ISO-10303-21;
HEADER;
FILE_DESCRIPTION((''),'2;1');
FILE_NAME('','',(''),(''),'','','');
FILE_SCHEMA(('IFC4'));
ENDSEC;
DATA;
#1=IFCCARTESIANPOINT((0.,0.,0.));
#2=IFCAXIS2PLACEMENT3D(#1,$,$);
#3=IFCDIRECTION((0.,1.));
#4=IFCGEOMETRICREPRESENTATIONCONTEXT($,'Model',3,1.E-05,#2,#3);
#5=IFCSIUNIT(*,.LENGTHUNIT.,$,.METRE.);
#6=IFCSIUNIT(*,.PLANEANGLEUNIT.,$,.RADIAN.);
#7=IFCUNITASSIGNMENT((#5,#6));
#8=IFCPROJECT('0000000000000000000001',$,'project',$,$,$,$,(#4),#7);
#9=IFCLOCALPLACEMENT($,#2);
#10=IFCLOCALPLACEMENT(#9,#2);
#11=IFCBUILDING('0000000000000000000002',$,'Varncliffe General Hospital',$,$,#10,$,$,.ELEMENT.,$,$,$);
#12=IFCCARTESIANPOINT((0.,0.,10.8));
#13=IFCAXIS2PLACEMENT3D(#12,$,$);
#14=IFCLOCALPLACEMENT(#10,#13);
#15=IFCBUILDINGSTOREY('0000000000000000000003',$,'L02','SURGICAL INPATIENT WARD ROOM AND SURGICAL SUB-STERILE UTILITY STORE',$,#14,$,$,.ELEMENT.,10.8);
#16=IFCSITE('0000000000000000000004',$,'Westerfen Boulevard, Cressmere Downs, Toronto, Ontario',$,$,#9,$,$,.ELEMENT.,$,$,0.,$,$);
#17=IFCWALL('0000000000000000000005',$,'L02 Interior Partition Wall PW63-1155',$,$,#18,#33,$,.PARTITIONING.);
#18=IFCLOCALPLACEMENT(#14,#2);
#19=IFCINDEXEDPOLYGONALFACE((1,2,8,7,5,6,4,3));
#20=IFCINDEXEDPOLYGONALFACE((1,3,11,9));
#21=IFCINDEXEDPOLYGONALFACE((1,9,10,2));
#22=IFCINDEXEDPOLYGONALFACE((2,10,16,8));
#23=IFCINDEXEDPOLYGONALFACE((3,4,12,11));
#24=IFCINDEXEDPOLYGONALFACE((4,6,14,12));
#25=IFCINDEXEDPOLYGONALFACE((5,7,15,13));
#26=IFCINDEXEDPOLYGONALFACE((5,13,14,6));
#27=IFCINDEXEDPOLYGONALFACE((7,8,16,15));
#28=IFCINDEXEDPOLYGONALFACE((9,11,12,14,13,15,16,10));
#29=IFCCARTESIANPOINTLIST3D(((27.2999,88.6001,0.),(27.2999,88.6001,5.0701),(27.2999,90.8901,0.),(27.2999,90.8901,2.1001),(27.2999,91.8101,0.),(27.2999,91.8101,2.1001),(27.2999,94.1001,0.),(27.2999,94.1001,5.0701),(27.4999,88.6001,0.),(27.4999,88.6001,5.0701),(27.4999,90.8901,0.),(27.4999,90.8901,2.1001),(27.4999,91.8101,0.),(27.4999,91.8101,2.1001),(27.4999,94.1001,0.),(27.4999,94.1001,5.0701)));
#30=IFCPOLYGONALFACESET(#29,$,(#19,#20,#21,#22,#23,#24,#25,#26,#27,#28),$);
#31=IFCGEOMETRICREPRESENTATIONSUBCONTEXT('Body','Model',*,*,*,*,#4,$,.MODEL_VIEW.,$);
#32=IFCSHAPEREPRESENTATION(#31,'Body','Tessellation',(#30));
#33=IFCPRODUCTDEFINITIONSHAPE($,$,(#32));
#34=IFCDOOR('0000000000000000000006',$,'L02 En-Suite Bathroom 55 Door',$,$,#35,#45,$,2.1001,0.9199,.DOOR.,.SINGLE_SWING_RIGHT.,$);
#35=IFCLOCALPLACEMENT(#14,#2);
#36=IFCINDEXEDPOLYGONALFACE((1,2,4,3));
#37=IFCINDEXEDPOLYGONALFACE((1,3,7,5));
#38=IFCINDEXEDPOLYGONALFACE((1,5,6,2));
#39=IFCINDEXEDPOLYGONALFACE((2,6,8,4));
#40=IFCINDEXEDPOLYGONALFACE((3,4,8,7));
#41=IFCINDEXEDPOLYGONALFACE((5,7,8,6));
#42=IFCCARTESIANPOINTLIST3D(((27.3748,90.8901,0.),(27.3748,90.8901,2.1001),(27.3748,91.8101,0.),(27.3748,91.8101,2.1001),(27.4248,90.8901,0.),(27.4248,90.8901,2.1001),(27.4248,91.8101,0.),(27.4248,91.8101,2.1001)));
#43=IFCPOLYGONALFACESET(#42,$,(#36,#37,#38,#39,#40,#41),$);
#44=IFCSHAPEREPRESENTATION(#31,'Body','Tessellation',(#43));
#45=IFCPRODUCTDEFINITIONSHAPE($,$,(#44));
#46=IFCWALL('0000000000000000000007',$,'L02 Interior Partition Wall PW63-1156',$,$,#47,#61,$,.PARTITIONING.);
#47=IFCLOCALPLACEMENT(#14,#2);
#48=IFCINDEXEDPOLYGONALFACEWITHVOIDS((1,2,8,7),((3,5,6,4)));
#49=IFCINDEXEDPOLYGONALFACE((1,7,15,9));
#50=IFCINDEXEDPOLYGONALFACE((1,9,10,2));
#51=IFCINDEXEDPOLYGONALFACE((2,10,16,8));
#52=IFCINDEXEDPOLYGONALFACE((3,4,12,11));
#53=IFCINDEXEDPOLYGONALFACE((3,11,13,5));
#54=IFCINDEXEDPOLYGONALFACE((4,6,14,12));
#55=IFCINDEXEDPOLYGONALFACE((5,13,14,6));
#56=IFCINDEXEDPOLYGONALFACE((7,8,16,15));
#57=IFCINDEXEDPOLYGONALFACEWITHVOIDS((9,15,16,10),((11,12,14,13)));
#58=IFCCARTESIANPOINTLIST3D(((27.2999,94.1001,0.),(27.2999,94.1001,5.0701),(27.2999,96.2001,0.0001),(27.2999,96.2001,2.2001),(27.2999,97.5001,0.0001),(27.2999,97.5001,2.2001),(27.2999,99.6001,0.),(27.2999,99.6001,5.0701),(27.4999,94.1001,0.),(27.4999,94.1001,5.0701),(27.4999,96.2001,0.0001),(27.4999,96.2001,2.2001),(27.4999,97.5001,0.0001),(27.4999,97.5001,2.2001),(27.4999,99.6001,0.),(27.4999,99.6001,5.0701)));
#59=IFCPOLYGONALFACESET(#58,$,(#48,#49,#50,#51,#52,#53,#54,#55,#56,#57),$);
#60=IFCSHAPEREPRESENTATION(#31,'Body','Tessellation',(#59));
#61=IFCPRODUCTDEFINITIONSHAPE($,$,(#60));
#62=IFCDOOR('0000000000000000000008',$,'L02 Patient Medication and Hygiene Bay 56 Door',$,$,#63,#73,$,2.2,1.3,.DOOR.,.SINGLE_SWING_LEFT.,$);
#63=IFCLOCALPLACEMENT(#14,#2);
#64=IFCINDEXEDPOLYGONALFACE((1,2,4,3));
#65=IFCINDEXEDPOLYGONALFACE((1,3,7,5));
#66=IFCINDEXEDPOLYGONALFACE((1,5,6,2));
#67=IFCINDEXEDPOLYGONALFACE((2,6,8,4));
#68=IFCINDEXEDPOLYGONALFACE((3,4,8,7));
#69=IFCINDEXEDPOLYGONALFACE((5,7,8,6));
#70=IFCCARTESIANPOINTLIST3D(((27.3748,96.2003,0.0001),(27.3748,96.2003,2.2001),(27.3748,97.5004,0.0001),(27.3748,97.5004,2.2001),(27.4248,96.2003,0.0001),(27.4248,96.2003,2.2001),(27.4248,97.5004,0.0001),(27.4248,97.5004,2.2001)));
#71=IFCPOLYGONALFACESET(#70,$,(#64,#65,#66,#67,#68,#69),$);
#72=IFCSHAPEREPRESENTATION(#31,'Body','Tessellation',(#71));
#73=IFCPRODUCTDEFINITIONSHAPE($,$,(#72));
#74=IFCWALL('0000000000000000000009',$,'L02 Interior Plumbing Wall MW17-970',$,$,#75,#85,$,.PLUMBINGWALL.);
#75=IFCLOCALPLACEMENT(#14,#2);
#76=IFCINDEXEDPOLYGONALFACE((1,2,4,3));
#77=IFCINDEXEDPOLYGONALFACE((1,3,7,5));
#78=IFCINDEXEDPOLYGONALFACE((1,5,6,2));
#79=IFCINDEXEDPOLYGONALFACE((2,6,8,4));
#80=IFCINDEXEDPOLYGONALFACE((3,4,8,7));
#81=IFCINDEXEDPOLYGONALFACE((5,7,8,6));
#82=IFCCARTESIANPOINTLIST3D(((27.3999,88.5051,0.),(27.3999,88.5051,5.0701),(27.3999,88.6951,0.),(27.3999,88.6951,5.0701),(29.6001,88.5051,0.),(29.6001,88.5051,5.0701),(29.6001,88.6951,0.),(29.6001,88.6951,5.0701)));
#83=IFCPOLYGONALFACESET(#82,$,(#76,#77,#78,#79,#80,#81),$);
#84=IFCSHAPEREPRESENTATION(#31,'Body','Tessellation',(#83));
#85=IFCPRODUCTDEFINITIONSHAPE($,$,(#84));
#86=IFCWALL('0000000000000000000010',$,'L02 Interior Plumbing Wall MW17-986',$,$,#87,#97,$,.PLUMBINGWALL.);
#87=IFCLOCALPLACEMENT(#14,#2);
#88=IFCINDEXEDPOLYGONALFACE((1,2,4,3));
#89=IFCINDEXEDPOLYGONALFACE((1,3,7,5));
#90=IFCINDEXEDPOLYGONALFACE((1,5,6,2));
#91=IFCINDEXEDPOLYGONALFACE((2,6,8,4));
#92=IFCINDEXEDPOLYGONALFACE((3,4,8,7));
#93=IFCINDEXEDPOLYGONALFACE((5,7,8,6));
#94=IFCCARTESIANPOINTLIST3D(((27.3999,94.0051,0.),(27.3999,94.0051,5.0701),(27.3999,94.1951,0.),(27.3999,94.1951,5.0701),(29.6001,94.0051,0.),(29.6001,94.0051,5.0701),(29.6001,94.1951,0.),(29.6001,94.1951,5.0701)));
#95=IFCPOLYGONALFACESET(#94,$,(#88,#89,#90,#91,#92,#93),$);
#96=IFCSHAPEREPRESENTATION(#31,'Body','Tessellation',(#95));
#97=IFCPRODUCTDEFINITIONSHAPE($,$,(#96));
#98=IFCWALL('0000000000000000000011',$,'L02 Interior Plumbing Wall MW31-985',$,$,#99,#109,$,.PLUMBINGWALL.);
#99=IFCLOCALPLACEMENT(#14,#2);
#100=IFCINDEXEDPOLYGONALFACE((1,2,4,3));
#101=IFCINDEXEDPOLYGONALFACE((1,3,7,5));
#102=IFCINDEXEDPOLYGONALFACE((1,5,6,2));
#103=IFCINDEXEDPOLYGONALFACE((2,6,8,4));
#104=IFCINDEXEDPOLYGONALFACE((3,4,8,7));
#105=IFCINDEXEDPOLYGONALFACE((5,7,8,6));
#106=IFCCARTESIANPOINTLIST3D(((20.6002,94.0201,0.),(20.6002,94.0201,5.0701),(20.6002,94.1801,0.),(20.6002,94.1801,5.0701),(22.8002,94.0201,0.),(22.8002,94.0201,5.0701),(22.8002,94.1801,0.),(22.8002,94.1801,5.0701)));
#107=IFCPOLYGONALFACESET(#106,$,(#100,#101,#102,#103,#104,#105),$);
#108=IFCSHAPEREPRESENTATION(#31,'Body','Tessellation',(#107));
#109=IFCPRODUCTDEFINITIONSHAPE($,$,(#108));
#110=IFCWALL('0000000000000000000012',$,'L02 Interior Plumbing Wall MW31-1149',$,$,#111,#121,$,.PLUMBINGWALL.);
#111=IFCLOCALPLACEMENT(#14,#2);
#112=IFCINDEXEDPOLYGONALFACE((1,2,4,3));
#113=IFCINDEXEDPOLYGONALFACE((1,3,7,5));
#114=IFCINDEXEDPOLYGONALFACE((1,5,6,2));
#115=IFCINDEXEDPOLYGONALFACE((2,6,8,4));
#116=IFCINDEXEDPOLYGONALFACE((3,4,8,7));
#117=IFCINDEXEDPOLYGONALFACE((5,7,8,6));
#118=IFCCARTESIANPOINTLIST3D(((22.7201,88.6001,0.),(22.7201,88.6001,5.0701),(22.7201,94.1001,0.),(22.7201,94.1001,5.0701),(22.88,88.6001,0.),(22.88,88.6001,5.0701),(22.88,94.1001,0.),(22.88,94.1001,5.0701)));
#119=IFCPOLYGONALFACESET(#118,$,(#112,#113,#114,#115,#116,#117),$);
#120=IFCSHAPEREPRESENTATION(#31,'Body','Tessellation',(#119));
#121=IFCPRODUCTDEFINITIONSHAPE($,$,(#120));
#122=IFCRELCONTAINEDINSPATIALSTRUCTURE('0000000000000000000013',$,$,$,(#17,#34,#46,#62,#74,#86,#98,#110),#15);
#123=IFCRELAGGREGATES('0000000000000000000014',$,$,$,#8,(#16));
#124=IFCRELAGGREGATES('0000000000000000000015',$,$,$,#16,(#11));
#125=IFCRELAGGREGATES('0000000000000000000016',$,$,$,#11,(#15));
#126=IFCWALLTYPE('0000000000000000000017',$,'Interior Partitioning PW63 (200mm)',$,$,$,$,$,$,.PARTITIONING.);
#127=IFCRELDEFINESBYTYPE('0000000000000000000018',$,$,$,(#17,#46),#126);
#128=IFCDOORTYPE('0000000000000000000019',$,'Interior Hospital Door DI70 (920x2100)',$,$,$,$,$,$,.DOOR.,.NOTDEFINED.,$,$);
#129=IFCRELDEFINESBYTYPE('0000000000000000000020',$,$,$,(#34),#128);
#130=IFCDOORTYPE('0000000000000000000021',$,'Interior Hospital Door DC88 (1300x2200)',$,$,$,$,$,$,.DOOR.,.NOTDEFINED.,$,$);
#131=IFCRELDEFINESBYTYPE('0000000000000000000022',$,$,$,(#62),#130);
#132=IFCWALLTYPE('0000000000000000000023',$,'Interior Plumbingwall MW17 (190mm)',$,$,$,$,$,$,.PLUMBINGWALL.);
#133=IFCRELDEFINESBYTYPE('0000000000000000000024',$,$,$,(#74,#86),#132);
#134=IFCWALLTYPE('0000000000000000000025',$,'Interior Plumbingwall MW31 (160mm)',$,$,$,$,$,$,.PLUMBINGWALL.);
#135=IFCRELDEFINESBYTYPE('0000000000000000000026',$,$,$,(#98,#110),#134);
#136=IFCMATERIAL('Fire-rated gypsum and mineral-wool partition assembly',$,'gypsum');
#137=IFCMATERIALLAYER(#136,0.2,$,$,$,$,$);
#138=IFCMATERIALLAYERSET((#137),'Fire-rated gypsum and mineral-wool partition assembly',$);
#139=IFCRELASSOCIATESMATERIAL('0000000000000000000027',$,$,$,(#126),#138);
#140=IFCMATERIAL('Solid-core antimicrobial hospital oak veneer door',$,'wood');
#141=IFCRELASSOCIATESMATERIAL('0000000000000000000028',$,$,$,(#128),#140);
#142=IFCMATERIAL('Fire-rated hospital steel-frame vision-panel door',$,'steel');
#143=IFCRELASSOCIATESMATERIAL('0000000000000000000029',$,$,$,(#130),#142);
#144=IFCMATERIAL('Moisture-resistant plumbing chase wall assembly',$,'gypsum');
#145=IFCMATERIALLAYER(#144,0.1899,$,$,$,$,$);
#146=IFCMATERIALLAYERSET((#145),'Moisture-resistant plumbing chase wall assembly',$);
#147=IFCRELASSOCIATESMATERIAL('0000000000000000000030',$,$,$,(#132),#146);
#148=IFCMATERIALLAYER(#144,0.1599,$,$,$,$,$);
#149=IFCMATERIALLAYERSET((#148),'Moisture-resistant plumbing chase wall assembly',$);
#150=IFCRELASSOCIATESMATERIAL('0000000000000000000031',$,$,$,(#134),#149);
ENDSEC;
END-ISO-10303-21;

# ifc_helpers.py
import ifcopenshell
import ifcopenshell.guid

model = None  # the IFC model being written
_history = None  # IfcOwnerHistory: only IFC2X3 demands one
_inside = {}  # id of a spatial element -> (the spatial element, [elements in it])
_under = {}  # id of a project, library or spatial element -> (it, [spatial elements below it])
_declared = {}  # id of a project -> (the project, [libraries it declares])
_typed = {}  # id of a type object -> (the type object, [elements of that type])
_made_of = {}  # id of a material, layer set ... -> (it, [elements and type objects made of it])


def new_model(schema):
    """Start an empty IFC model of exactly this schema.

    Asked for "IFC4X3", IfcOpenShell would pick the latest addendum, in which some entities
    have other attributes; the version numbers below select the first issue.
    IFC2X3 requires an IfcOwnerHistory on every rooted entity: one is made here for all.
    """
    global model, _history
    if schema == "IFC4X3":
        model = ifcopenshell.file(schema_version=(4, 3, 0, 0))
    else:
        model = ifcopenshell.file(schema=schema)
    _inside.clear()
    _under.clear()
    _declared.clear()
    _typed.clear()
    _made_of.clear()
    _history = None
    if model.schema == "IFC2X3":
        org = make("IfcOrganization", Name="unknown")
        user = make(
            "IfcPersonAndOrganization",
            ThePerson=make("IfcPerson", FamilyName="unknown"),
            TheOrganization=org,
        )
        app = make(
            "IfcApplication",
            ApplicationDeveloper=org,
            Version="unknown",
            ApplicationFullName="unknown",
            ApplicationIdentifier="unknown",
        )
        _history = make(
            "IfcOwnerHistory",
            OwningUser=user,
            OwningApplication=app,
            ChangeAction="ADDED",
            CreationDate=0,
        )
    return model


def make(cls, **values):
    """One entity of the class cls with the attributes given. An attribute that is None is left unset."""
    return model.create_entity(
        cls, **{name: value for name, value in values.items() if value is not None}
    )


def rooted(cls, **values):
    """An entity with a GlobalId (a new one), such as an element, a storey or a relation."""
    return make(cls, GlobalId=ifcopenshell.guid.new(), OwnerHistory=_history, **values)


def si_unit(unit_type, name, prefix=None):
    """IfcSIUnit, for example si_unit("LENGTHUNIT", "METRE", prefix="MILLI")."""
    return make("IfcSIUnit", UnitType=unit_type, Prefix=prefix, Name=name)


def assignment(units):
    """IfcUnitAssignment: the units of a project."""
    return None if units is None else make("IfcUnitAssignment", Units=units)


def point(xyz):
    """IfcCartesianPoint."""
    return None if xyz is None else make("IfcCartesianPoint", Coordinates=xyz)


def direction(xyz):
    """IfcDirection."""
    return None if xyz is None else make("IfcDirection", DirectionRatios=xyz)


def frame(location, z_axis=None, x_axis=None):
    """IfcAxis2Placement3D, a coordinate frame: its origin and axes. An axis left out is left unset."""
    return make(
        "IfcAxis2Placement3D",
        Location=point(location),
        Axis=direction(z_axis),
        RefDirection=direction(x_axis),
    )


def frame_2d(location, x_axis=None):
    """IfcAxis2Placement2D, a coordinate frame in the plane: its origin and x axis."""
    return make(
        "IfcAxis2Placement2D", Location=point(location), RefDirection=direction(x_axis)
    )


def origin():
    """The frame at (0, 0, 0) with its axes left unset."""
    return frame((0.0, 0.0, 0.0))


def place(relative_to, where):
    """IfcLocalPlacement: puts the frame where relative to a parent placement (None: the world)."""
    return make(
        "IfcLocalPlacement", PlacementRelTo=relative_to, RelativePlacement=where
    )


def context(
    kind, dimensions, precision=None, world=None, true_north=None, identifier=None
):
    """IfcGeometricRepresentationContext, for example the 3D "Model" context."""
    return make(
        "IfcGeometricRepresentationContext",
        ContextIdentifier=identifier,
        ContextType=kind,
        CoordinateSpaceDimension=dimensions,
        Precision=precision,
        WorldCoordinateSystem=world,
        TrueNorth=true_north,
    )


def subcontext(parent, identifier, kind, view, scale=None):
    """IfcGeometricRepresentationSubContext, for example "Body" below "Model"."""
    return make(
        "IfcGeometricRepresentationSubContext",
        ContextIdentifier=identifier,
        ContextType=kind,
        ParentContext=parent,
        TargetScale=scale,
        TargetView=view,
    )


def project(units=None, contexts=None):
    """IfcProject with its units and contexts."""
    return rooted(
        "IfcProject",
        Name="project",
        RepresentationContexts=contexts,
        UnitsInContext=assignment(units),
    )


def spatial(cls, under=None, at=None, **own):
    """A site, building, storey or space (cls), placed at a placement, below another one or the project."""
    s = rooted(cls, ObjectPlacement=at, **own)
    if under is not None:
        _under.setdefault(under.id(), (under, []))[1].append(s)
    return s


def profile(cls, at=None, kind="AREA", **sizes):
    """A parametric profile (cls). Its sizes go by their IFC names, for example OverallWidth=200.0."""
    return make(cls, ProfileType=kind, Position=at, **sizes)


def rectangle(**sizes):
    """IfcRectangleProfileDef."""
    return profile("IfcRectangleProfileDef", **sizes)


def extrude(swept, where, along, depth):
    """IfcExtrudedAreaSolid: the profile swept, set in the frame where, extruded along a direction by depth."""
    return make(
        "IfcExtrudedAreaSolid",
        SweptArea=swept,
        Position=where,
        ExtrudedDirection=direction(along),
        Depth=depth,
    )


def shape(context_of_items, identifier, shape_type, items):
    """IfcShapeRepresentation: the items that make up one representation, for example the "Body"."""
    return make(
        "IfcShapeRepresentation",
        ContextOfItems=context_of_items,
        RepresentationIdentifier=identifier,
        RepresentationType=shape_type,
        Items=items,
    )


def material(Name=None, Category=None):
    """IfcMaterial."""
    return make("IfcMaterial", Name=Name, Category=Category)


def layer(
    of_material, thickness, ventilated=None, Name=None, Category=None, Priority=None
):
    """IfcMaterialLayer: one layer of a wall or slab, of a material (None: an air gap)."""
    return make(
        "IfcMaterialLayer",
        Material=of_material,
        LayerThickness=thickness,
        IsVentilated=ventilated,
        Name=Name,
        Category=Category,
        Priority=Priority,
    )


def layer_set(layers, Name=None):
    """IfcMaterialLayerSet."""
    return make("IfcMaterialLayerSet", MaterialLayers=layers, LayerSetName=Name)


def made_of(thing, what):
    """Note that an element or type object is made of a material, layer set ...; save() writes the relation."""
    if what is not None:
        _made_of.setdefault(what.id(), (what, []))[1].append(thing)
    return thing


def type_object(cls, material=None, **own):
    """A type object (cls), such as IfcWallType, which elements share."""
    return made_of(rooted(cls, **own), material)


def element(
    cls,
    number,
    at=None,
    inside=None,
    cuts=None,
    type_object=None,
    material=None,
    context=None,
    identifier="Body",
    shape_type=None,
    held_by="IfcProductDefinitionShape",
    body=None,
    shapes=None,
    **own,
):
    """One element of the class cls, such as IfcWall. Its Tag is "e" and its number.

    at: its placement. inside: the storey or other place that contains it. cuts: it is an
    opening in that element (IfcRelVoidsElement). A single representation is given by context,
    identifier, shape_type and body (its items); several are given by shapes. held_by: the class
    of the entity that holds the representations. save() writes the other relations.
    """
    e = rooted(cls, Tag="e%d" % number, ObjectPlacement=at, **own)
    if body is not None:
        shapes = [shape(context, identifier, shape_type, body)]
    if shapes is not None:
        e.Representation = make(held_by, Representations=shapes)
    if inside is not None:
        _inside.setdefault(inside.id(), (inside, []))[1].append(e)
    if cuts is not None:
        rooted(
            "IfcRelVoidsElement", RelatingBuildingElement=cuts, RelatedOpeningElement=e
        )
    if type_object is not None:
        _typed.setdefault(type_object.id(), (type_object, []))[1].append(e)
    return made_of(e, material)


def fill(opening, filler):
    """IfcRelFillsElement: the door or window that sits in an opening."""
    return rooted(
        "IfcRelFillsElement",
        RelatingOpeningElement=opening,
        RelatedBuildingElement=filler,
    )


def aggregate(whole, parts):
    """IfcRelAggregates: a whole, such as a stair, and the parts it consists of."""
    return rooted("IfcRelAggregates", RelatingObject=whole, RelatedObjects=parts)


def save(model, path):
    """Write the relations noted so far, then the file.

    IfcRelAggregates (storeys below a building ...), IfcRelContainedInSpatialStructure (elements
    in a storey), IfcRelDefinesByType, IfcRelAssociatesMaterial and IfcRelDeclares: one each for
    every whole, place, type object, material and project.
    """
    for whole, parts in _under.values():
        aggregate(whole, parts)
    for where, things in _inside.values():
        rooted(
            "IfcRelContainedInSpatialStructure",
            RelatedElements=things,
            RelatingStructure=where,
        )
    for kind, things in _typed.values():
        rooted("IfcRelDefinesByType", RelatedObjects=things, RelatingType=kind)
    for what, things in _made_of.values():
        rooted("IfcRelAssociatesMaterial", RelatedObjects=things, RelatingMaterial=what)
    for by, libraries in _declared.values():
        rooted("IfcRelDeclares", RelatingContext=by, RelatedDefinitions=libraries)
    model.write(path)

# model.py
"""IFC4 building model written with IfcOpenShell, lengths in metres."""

from ifc_helpers import new_model, si_unit, direction, frame, frame_2d, origin, place, context, subcontext, project, spatial, rectangle, extrude, material, layer, layer_set, type_object, element, fill, save


model = new_model("IFC4")

# Units and contexts
model_context = context("Model", 3, precision=1e-05, world=origin(), true_north=direction((0.0, 1.0)))
body_context = subcontext(model_context, "Body", "Model", "MODEL_VIEW")
ifc_project = project(units=[si_unit("LENGTHUNIT", "METRE"), si_unit("PLANEANGLEUNIT", "RADIAN")], contexts=[model_context])

# Site, building, storey
site_placement = place(None, origin())
site = spatial("IfcSite", under=ifc_project, at=site_placement, Name="Westerfen Boulevard, Cressmere Downs, Toronto, Ontario", CompositionType="ELEMENT", RefElevation=0.0)
building_placement = place(site_placement, origin())
building = spatial("IfcBuilding", under=site, at=building_placement, Name="Varncliffe General Hospital", CompositionType="ELEMENT")
storey_placement = place(building_placement, frame((0.0, 0.0, 10.8)))
storey = spatial("IfcBuildingStorey", under=building, at=storey_placement, Name="L02", Description="SURGICAL INPATIENT WARD ROOM AND SURGICAL SUB-STERILE UTILITY STORE", CompositionType="ELEMENT", Elevation=10.8)

# Shared definitions
ifc_material_1 = material(Name="Fire-rated gypsum and mineral-wool partition assembly", Category="gypsum")

# Walls, openings, doors
ifc_layer_1 = layer(ifc_material_1, 0.2)
ifc_layer_set_1 = layer_set([ifc_layer_1], Name="Fire-rated gypsum and mineral-wool partition assembly")
wall_type_1 = type_object("IfcWallType", Name="Interior Partitioning PW63 (200mm)", PredefinedType="PARTITIONING", material=ifc_layer_set_1)
ifc_material_2 = material(Name="Fire-rated hospital steel-frame vision-panel door", Category="steel")
ifc_material_3 = material(Name="Solid-core antimicrobial hospital oak veneer door", Category="wood")
door_type_1 = type_object("IfcDoorType", Name="Interior Hospital Door DI70 (920x2100)", OperationType="NOTDEFINED", PredefinedType="DOOR", material=ifc_material_3)
wall_1_placement = place(storey_placement, frame((27.3999, 88.6001, 0.0), z_axis=(0.0, 0.0, 1.0), x_axis=(0.0, 1.0, 0.0)))
wall_1 = element("IfcWall", 1, at=wall_1_placement, inside=storey, type_object=wall_type_1, Name="L02 Interior Partition Wall PW63-1155", PredefinedType="PARTITIONING", context=body_context, shape_type="SweptSolid", body=[
    extrude(rectangle(XDim=5.5, YDim=0.2, at=frame_2d((2.75, 0.0))), origin(), (0.0, 0.0, 1.0), 5.0701),
])
opening_1_placement = place(wall_1_placement, frame((2.29, 0.0, 0.0)))
opening_1 = element("IfcOpeningElement", 2, at=opening_1_placement, cuts=wall_1, PredefinedType="OPENING", context=body_context, shape_type="SweptSolid", body=[
    extrude(rectangle(XDim=0.9199, YDim=2.1001, at=frame_2d((0.46, 1.05))), frame((0.0, 0.1099, 0.0), z_axis=(0.0, -1.0, 0.0), x_axis=(1.0, 0.0, 0.0)), (0.0, 0.0, 1.0), 0.22),
])
door_1_placement = place(opening_1_placement, frame((0.9199, 0.0, 0.0), z_axis=(0.0, 0.0, 1.0), x_axis=(-1.0, 0.0, 0.0)))
door_1 = element("IfcDoor", 3, at=door_1_placement, inside=storey, type_object=door_type_1, Name="L02 En-Suite Bathroom 55 Door", OperationType="SINGLE_SWING_RIGHT", OverallHeight=2.1001, OverallWidth=0.9199, PredefinedType="DOOR", context=body_context, shape_type="SweptSolid", body=[
    extrude(rectangle(XDim=0.9199, YDim=2.1001, at=frame_2d((0.46, 1.05))), frame((0.0, 0.0249, 0.0), z_axis=(0.0, -1.0, 0.0), x_axis=(1.0, 0.0, 0.0)), (0.0, 0.0, 1.0), 0.05),
])
fill(opening_1, door_1)
wall_2_placement = place(storey_placement, frame((27.3999, 94.1001, 0.0), z_axis=(0.0, 0.0, 1.0), x_axis=(0.0, 1.0, 0.0)))
wall_2 = element("IfcWall", 4, at=wall_2_placement, inside=storey, type_object=wall_type_1, Name="L02 Interior Partition Wall PW63-1156", PredefinedType="PARTITIONING", context=body_context, shape_type="SweptSolid", body=[
    extrude(rectangle(XDim=5.5, YDim=0.2, at=frame_2d((2.75, 0.0))), origin(), (0.0, 0.0, 1.0), 5.0701),
])
opening_2_placement = place(wall_2_placement, frame((2.1001, 0.0, 0.0)))
opening_2 = element("IfcOpeningElement", 5, at=opening_2_placement, cuts=wall_2, PredefinedType="OPENING", context=body_context, shape_type="SweptSolid", body=[
    extrude(rectangle(XDim=1.3, YDim=2.2, at=frame_2d((0.6499, 1.1001))), frame((0.0, 0.1099, 0.0), z_axis=(0.0, -1.0, 0.0), x_axis=(1.0, 0.0, 0.0)), (0.0, 0.0, 1.0), 0.22),
])
door_type_2 = type_object("IfcDoorType", Name="Interior Hospital Door DC88 (1300x2200)", OperationType="NOTDEFINED", PredefinedType="DOOR", material=ifc_material_2)
door_2_placement = place(opening_2_placement, frame((1.3, 0.0, 0.0), z_axis=(0.0, 0.0, 1.0), x_axis=(-1.0, 0.0, 0.0)))
door_2 = element("IfcDoor", 6, at=door_2_placement, inside=storey, type_object=door_type_2, Name="L02 Patient Medication and Hygiene Bay 56 Door", OperationType="SINGLE_SWING_LEFT", OverallHeight=2.2, OverallWidth=1.3, PredefinedType="DOOR", context=body_context, shape_type="SweptSolid", body=[
    extrude(rectangle(XDim=1.3, YDim=2.2, at=frame_2d((0.6499, 1.1001))), frame((0.0, 0.0249, 0.0), z_axis=(0.0, -1.0, 0.0), x_axis=(1.0, 0.0, 0.0)), (0.0, 0.0, 1.0), 0.05),
])
fill(opening_2, door_2)

# Walls
ifc_material_4 = material(Name="Moisture-resistant plumbing chase wall assembly", Category="gypsum")
ifc_layer_2 = layer(ifc_material_4, 0.1899)
ifc_layer_set_2 = layer_set([ifc_layer_2], Name="Moisture-resistant plumbing chase wall assembly")
wall_type_2 = type_object("IfcWallType", Name="Interior Plumbingwall MW17 (190mm)", PredefinedType="PLUMBINGWALL", material=ifc_layer_set_2)
for number, where, z_axis, x_axis, name in (
    (7, (27.3999, 88.6001, 0.0), (0.0, 0.0, 1.0), (1.0, 0.0, 0.0), "L02 Interior Plumbing Wall MW17-970"),
    (8, (27.3999, 94.1001, 0.0), (0.0, 0.0, 1.0), (1.0, 0.0, 0.0), "L02 Interior Plumbing Wall MW17-986"),
):
    element("IfcWall", number, at=place(storey_placement, frame(where, z_axis=z_axis, x_axis=x_axis)), inside=storey, type_object=wall_type_2, Name=name, PredefinedType="PLUMBINGWALL", context=body_context, shape_type="SweptSolid", body=[
        extrude(rectangle(XDim=2.2002, YDim=0.1899, at=frame_2d((1.1001, 0.0))), origin(), (0.0, 0.0, 1.0), 5.0701),
    ])
ifc_layer_3 = layer(ifc_material_4, 0.1599)
ifc_layer_set_3 = layer_set([ifc_layer_3], Name="Moisture-resistant plumbing chase wall assembly")
wall_type_3 = type_object("IfcWallType", Name="Interior Plumbingwall MW31 (160mm)", PredefinedType="PLUMBINGWALL", material=ifc_layer_set_3)
wall_3_placement = place(storey_placement, frame((20.6001, 94.1001, 0.0), z_axis=(0.0, 0.0, 1.0), x_axis=(1.0, 0.0, 0.0)))
element("IfcWall", 9, at=wall_3_placement, inside=storey, type_object=wall_type_3, Name="L02 Interior Plumbing Wall MW31-985", PredefinedType="PLUMBINGWALL", context=body_context, shape_type="SweptSolid", body=[
    extrude(rectangle(XDim=2.2, YDim=0.1599, at=frame_2d((1.1001, 0.0))), origin(), (0.0, 0.0, 1.0), 5.0701),
])
wall_4_placement = place(storey_placement, frame((22.8, 88.6001, 0.0), z_axis=(0.0, 0.0, 1.0), x_axis=(0.0, 1.0, 0.0)))
element("IfcWall", 10, at=wall_4_placement, inside=storey, type_object=wall_type_3, Name="L02 Interior Plumbing Wall MW31-1149", PredefinedType="PLUMBINGWALL", context=body_context, shape_type="SweptSolid", body=[
    extrude(rectangle(XDim=5.5, YDim=0.1599, at=frame_2d((2.75, 0.0))), origin(), (0.0, 0.0, 1.0), 5.0701),
])

save(model, "model.ifc")
